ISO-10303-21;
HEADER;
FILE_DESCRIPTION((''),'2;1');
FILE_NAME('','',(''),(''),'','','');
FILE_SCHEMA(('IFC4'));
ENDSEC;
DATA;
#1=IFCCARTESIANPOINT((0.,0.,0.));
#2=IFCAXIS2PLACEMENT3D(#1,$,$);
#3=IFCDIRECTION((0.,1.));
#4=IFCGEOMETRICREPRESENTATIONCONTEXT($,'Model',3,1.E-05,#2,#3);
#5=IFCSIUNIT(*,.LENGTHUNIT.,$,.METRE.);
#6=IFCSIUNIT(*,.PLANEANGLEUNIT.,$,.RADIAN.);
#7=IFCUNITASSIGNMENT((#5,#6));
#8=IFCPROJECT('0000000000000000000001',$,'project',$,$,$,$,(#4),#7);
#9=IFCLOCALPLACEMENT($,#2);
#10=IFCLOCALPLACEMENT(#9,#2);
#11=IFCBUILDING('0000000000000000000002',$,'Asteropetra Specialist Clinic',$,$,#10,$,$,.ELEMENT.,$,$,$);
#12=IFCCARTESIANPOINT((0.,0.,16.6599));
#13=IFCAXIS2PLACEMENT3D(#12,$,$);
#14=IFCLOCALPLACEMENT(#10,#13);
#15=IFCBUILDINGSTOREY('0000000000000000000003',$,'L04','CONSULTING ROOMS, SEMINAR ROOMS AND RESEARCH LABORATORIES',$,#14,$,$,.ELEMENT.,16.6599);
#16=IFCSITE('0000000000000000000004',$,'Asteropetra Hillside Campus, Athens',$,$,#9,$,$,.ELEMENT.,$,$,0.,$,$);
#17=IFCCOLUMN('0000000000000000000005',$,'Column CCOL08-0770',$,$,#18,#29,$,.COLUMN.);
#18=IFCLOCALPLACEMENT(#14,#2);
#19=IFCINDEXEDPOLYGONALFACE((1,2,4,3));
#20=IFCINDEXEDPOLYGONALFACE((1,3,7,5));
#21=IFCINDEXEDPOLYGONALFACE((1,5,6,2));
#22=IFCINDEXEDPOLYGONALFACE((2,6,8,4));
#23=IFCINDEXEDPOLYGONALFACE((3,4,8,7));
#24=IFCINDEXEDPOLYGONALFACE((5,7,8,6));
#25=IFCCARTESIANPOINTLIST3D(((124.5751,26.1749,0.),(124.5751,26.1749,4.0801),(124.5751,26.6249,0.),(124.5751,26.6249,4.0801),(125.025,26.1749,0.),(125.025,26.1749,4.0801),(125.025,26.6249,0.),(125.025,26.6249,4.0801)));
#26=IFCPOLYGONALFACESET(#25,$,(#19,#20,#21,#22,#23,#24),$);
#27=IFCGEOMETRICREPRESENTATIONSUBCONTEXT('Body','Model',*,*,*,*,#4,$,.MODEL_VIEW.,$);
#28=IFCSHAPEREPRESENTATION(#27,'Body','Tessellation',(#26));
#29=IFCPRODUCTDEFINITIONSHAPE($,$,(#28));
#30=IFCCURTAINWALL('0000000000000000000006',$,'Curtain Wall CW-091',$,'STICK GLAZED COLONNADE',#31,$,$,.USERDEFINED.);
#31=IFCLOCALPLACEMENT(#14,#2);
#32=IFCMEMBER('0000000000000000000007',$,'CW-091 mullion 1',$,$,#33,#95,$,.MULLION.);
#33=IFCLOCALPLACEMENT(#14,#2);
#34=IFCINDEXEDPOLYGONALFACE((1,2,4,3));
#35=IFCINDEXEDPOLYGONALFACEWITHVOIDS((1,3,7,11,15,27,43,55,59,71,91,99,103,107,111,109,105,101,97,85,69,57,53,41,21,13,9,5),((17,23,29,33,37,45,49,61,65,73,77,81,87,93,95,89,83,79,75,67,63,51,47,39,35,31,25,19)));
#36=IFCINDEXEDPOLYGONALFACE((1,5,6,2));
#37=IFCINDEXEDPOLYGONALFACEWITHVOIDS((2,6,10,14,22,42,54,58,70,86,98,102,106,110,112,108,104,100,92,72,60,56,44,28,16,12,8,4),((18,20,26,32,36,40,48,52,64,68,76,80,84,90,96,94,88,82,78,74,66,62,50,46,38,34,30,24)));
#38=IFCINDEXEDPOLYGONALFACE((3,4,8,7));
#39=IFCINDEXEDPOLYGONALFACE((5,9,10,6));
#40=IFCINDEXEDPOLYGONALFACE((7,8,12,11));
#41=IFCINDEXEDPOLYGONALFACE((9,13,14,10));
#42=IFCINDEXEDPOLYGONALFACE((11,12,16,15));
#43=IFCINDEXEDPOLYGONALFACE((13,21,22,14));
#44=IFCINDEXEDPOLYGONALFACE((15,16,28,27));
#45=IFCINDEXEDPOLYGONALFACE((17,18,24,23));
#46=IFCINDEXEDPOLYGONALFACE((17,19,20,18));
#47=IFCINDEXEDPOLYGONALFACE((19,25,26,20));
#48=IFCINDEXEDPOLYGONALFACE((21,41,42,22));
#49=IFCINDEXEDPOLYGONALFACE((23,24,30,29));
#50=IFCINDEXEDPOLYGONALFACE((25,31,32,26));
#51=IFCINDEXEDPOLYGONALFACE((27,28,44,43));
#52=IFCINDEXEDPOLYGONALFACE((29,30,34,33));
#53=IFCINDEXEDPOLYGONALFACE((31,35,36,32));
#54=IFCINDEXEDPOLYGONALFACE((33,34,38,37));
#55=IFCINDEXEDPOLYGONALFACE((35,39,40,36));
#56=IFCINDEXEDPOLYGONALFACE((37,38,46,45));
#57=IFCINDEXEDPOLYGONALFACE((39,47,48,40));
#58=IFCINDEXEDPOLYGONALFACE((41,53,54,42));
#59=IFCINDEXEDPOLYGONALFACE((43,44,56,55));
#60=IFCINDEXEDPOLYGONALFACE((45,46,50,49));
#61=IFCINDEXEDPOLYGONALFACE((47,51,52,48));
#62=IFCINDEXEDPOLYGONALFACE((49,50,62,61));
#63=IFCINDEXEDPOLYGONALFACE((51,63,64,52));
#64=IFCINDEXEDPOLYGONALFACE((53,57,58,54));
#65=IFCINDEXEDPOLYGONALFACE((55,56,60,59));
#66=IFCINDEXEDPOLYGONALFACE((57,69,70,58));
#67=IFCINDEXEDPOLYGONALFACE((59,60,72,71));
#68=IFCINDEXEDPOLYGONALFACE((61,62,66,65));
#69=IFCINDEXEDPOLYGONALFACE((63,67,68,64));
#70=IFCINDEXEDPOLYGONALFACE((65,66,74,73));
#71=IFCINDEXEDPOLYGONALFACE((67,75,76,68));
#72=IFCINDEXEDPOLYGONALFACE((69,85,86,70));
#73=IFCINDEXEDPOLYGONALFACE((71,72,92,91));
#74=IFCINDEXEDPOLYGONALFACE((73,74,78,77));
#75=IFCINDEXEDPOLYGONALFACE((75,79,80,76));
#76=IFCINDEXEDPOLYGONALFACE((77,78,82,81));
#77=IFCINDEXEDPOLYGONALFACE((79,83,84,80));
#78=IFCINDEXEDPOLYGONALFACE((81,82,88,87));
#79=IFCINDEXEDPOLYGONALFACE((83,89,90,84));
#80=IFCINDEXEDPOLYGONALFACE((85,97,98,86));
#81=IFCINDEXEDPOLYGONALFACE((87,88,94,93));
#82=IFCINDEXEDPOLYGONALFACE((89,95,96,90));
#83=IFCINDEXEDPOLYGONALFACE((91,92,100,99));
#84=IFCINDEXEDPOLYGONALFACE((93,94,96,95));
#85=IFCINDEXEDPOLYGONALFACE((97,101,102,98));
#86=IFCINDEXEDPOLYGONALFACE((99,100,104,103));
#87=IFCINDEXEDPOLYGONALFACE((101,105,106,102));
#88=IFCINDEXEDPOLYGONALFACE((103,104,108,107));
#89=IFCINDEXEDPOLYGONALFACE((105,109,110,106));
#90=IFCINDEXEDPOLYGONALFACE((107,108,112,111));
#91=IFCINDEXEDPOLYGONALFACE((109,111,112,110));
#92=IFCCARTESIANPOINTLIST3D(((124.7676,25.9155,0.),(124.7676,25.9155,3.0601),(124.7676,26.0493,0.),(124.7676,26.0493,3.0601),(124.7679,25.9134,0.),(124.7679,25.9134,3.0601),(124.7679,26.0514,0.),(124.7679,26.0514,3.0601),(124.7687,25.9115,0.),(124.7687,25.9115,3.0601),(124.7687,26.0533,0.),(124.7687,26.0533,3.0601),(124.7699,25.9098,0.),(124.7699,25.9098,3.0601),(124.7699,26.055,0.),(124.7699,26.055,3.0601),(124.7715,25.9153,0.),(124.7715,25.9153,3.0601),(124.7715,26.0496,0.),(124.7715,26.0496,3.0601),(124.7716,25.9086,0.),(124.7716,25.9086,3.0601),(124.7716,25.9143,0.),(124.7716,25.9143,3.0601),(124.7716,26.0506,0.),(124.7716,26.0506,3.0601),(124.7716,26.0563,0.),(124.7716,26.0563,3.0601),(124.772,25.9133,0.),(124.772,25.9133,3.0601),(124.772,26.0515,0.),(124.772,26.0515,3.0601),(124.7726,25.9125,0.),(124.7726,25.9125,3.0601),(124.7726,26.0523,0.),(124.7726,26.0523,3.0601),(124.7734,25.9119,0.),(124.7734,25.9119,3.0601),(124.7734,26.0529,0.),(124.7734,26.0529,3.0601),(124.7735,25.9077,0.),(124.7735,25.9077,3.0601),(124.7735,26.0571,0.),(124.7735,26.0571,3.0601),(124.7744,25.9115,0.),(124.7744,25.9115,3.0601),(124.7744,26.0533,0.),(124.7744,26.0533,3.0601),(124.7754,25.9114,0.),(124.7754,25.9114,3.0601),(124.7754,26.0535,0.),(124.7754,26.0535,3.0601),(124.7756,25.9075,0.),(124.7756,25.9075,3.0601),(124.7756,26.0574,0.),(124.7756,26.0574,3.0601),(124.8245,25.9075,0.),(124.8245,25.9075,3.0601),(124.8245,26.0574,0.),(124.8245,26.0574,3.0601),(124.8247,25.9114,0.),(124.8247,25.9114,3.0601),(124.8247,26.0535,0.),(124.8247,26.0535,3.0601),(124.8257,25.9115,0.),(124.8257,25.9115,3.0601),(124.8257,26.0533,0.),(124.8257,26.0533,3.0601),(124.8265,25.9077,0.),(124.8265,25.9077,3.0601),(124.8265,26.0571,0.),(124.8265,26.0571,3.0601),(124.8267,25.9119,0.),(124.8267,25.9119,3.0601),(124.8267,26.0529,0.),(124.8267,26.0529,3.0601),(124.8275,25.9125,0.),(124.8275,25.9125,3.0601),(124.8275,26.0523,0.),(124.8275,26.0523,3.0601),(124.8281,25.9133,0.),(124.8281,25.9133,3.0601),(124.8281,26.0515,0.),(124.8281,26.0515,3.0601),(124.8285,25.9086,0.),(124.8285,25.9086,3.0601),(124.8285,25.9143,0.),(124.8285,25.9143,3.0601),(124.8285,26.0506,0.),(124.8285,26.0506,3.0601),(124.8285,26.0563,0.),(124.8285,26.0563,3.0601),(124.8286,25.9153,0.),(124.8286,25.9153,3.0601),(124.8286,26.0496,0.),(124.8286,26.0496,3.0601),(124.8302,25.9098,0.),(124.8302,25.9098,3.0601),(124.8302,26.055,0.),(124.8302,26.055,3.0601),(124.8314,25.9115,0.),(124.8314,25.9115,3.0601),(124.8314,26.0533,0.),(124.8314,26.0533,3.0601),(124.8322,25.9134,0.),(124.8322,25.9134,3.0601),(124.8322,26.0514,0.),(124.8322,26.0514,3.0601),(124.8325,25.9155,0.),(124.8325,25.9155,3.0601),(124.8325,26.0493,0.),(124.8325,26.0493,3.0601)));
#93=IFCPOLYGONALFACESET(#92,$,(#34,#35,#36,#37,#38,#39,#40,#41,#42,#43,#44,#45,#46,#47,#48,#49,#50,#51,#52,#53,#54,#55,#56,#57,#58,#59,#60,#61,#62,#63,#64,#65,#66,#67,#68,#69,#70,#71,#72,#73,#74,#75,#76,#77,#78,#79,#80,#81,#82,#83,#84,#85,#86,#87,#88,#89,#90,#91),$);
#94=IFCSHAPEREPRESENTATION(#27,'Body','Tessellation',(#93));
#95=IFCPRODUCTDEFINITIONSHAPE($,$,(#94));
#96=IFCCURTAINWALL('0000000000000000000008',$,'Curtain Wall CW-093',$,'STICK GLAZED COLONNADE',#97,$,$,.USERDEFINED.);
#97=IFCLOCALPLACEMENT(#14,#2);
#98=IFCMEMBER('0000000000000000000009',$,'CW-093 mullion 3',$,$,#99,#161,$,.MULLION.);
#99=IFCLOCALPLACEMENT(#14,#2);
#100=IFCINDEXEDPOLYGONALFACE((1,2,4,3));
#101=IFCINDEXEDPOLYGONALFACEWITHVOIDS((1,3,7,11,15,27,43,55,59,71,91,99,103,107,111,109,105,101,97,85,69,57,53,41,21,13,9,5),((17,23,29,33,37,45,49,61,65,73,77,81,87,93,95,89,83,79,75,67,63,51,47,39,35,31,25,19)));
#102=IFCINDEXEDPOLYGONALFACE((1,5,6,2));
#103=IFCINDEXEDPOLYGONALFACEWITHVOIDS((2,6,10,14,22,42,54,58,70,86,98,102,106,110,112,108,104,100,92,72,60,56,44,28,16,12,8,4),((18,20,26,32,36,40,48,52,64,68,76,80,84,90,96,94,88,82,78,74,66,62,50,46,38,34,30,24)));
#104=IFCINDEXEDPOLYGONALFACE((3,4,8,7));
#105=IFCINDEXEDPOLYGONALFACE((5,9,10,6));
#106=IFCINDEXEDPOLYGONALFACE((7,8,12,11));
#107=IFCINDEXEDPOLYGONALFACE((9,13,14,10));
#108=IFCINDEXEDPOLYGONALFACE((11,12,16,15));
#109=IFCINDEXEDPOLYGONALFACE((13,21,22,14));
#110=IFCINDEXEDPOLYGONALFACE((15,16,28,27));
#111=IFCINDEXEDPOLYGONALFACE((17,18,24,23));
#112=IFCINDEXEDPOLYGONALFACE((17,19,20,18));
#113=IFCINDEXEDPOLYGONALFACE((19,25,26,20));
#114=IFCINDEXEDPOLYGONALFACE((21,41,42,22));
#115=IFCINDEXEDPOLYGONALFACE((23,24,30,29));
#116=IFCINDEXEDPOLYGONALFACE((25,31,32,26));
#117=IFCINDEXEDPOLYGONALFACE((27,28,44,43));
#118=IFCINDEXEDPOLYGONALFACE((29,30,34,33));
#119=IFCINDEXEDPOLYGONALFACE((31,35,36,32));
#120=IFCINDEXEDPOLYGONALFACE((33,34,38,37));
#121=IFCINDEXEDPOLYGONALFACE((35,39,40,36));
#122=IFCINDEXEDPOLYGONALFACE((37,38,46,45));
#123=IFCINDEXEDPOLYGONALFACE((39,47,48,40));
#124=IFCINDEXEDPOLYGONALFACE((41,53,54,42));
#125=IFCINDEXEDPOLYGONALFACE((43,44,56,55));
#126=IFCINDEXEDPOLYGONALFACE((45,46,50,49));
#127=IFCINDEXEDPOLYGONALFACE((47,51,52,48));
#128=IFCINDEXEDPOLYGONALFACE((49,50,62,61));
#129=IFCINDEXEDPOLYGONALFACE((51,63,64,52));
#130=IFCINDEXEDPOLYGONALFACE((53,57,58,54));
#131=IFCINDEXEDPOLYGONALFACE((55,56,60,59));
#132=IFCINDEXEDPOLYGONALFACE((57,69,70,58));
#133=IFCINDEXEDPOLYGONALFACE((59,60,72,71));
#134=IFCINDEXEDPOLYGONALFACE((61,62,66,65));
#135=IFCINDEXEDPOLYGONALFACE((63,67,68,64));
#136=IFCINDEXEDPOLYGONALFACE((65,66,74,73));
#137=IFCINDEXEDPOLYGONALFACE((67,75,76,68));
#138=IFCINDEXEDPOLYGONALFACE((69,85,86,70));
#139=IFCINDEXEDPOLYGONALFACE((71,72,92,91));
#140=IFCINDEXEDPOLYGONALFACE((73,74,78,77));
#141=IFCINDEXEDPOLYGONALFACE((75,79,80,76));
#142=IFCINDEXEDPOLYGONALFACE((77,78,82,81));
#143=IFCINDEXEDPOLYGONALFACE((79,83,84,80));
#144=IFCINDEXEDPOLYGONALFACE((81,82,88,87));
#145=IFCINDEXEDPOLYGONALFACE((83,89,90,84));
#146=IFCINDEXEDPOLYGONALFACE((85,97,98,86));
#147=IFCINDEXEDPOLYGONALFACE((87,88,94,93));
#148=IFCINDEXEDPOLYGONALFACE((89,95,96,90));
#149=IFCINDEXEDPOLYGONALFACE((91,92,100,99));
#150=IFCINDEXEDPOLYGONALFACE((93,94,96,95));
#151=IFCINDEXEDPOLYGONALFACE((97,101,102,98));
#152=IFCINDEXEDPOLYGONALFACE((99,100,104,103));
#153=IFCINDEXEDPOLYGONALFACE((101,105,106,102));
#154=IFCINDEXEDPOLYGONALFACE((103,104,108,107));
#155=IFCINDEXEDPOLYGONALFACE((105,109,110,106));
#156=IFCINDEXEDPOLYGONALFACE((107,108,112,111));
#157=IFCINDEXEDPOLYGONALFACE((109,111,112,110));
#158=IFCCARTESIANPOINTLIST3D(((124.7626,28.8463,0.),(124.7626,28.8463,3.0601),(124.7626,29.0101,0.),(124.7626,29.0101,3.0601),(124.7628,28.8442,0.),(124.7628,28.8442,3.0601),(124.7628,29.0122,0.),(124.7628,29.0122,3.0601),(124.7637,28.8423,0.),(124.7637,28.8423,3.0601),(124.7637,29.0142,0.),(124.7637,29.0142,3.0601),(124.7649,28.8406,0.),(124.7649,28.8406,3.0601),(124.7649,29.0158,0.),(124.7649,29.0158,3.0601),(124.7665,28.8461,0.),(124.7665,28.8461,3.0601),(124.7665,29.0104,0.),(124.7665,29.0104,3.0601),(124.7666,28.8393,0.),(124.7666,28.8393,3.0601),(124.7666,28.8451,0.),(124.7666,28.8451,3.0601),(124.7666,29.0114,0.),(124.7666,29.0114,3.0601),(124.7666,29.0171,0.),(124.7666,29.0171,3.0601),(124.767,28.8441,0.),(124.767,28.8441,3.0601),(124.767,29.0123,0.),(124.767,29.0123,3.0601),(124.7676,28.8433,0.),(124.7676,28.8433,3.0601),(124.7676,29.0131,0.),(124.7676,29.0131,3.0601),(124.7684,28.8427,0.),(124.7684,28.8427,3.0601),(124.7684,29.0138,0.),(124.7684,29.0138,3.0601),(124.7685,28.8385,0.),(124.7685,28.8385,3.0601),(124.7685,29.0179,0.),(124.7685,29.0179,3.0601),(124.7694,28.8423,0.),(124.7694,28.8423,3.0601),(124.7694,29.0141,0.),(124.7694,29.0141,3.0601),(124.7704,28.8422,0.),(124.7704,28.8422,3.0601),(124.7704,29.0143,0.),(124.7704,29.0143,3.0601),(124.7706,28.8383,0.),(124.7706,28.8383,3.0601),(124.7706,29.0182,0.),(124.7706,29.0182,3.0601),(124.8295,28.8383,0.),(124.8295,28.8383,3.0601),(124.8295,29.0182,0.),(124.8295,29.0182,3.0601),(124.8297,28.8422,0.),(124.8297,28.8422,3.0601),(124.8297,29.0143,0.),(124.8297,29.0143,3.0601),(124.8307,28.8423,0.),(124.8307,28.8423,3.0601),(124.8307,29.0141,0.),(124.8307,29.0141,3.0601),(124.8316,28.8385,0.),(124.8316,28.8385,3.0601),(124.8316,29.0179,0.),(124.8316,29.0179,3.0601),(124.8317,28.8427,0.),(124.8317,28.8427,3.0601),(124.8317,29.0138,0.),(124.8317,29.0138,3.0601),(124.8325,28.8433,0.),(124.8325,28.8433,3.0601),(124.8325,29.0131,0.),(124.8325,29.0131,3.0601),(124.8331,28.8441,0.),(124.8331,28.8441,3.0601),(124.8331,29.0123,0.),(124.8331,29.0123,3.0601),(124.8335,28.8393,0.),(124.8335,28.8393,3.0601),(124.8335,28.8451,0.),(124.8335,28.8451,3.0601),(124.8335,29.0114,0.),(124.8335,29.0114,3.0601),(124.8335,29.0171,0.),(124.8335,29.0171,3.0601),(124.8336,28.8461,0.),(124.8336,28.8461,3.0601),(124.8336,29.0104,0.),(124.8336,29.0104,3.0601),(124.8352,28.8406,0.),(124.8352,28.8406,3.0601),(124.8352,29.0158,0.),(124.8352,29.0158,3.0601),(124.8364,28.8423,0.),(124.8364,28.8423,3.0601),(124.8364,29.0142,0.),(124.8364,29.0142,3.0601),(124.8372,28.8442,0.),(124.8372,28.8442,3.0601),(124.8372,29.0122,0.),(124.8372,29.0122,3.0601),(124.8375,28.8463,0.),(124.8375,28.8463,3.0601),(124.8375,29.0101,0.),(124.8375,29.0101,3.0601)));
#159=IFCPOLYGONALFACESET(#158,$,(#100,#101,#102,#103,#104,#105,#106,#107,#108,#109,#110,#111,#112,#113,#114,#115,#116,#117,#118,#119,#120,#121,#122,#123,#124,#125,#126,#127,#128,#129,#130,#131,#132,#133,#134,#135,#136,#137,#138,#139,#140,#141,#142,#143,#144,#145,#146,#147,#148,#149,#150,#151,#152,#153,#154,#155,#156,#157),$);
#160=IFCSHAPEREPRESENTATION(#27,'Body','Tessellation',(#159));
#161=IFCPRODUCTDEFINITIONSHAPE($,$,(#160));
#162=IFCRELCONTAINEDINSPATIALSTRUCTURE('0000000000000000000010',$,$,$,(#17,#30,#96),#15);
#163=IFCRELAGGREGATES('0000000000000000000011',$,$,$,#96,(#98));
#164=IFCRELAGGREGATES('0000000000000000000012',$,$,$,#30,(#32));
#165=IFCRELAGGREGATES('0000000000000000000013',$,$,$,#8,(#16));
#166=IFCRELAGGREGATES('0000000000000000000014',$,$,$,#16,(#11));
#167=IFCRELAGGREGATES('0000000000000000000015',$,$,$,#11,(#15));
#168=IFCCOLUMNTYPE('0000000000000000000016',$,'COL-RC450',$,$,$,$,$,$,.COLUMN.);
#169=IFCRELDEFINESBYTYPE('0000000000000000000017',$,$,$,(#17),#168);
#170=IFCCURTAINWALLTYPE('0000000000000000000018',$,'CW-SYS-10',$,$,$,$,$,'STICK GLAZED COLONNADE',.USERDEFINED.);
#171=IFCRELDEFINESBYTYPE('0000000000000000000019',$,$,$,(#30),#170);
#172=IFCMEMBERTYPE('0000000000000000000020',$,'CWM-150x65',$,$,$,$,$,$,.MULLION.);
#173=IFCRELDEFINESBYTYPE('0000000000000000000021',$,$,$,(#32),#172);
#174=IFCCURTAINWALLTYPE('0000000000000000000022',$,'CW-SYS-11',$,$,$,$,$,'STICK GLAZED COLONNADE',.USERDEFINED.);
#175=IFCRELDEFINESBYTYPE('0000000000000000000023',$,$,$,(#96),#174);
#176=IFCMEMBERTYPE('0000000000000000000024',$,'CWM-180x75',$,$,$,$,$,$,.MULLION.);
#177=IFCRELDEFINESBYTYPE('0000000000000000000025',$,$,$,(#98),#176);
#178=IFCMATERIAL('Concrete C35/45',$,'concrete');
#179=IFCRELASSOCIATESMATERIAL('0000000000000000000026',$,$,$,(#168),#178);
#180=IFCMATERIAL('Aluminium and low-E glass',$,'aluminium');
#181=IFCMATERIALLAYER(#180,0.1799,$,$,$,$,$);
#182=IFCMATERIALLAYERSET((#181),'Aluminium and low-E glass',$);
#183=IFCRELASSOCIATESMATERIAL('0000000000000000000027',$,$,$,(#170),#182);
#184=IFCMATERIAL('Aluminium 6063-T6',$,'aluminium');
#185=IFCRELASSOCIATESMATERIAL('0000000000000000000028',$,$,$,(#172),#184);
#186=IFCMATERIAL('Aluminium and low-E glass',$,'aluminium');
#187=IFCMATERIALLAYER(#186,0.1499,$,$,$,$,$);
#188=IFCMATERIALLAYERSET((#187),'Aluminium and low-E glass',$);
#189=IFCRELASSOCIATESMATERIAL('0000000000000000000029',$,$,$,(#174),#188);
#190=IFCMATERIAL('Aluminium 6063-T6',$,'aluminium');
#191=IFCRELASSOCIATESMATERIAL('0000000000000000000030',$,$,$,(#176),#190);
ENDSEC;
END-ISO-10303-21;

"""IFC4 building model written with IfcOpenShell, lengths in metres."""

from ifc_helpers import new_model, si_unit, direction, frame, origin, origin_2d, place, context, subcontext, project, spatial, rectangle, hollow_rectangle, extrude, material, layer, layer_set, material_profile, profile_set, type_object, element, aggregate, save


model = new_model("IFC4")

# Units and contexts
model_context = context("Model", 3, precision=1e-05, world=origin(), true_north=direction((0.0, 1.0)))
body_context = subcontext(model_context, "Body", "Model", "MODEL_VIEW")
ifc_project = project(units=[si_unit("LENGTHUNIT", "METRE"), si_unit("PLANEANGLEUNIT", "RADIAN")], contexts=[model_context])

# Site, building, storey
site_placement = place(None, origin())
site = spatial("IfcSite", under=ifc_project, at=site_placement, Name="Asteropetra Hillside Campus, Athens", CompositionType="ELEMENT", RefElevation=0.0)
building_placement = place(site_placement, origin())
building = spatial("IfcBuilding", under=site, at=building_placement, Name="Asteropetra Specialist Clinic", CompositionType="ELEMENT")
storey_placement = place(building_placement, frame((0.0, 0.0, 16.6599)))
storey = spatial("IfcBuildingStorey", under=building, at=storey_placement, Name="L04", Description="CONSULTING ROOMS, SEMINAR ROOMS AND RESEARCH LABORATORIES", CompositionType="ELEMENT", Elevation=16.6599)

# Column
ifc_material_1 = material(Name="Concrete C35/45", Category="concrete")
ifc_material_profile_1 = material_profile(ifc_material_1, rectangle(XDim=0.45, YDim=0.45, at=origin_2d()), Name="RC 450x450")
ifc_profile_set_1 = profile_set([ifc_material_profile_1], Name="Concrete C35/45")
column_type = type_object("IfcColumnType", Name="COL-RC450", PredefinedType="COLUMN", material=ifc_profile_set_1)
column_placement = place(storey_placement, frame((124.8, 26.3999, 0.0), z_axis=(0.0, 0.0, 1.0), x_axis=(1.0, 0.0, 0.0)))
element("IfcColumn", 1, at=column_placement, inside=storey, type_object=column_type, Name="Column CCOL08-0770", PredefinedType="COLUMN", context=body_context, shape_type="SweptSolid", body=[
    extrude(rectangle(XDim=0.45, YDim=0.45, at=origin_2d()), origin(), (0.0, 0.0, 1.0), 4.0801),
])

# Curtain wall, member
ifc_material_2 = material(Name="Aluminium and low-E glass", Category="aluminium")
ifc_layer_1 = layer(ifc_material_2, 0.1799)
ifc_layer_set_1 = layer_set([ifc_layer_1], Name="Aluminium and low-E glass")
curtain_wall_type_1 = type_object("IfcCurtainWallType", Name="CW-SYS-10", ElementType="STICK GLAZED COLONNADE", PredefinedType="USERDEFINED", material=ifc_layer_set_1)
curtain_wall_1_placement = place(storey_placement, origin())
curtain_wall_1 = element("IfcCurtainWall", 2, at=curtain_wall_1_placement, inside=storey, type_object=curtain_wall_type_1, Name="Curtain Wall CW-091", ObjectType="STICK GLAZED COLONNADE", PredefinedType="USERDEFINED")
ifc_material_3 = material(Name="Aluminium 6063-T6", Category="aluminium")
ifc_material_profile_2 = material_profile(ifc_material_3, hollow_rectangle(XDim=0.0649, YDim=0.1499, WallThickness=0.0039, InnerFilletRadius=0.0039, OuterFilletRadius=0.0081, at=origin_2d()), Name="MUL 150x65x4.0")
ifc_profile_set_2 = profile_set([ifc_material_profile_2], Name="Aluminium 6063-T6")
member_type_1 = type_object("IfcMemberType", Name="CWM-150x65", PredefinedType="MULLION", material=ifc_profile_set_2)
member_1_placement = place(storey_placement, frame((124.8, 25.9824, 0.0), z_axis=(0.0, 0.0, 1.0), x_axis=(1.0, 0.0, 0.0)))
member_1 = element("IfcMember", 3, at=member_1_placement, type_object=member_type_1, Name="CW-091 mullion 1", PredefinedType="MULLION", context=body_context, shape_type="SweptSolid", body=[
    extrude(hollow_rectangle(XDim=0.0649, YDim=0.1499, WallThickness=0.0039, InnerFilletRadius=0.0039, OuterFilletRadius=0.0081, at=origin_2d()), origin(), (0.0, 0.0, 1.0), 3.0601),
])

# Curtain wall, member
ifc_material_4 = material(Name="Aluminium and low-E glass", Category="aluminium")
ifc_layer_2 = layer(ifc_material_4, 0.1499)
ifc_layer_set_2 = layer_set([ifc_layer_2], Name="Aluminium and low-E glass")
curtain_wall_type_2 = type_object("IfcCurtainWallType", Name="CW-SYS-11", ElementType="STICK GLAZED COLONNADE", PredefinedType="USERDEFINED", material=ifc_layer_set_2)
curtain_wall_2_placement = place(storey_placement, origin())
curtain_wall_2 = element("IfcCurtainWall", 4, at=curtain_wall_2_placement, inside=storey, type_object=curtain_wall_type_2, Name="Curtain Wall CW-093", ObjectType="STICK GLAZED COLONNADE", PredefinedType="USERDEFINED")
ifc_material_5 = material(Name="Aluminium 6063-T6", Category="aluminium")
ifc_material_profile_3 = material_profile(ifc_material_5, hollow_rectangle(XDim=0.075, YDim=0.1799, WallThickness=0.0039, InnerFilletRadius=0.0039, OuterFilletRadius=0.0081, at=origin_2d()), Name="MUL 180x75x4.0")
ifc_profile_set_3 = profile_set([ifc_material_profile_3], Name="Aluminium 6063-T6")
member_type_2 = type_object("IfcMemberType", Name="CWM-180x75", PredefinedType="MULLION", material=ifc_profile_set_3)
member_2_placement = place(storey_placement, frame((124.8, 28.9282, 0.0), z_axis=(0.0, 0.0, 1.0), x_axis=(1.0, 0.0, 0.0)))
member_2 = element("IfcMember", 5, at=member_2_placement, type_object=member_type_2, Name="CW-093 mullion 3", PredefinedType="MULLION", context=body_context, shape_type="SweptSolid", body=[
    extrude(hollow_rectangle(XDim=0.075, YDim=0.1799, WallThickness=0.0039, InnerFilletRadius=0.0039, OuterFilletRadius=0.0081, at=origin_2d()), origin(), (0.0, 0.0, 1.0), 3.0601),
])

aggregate(curtain_wall_2, [member_2])
aggregate(curtain_wall_1, [member_1])

save(model, "model.ifc")
